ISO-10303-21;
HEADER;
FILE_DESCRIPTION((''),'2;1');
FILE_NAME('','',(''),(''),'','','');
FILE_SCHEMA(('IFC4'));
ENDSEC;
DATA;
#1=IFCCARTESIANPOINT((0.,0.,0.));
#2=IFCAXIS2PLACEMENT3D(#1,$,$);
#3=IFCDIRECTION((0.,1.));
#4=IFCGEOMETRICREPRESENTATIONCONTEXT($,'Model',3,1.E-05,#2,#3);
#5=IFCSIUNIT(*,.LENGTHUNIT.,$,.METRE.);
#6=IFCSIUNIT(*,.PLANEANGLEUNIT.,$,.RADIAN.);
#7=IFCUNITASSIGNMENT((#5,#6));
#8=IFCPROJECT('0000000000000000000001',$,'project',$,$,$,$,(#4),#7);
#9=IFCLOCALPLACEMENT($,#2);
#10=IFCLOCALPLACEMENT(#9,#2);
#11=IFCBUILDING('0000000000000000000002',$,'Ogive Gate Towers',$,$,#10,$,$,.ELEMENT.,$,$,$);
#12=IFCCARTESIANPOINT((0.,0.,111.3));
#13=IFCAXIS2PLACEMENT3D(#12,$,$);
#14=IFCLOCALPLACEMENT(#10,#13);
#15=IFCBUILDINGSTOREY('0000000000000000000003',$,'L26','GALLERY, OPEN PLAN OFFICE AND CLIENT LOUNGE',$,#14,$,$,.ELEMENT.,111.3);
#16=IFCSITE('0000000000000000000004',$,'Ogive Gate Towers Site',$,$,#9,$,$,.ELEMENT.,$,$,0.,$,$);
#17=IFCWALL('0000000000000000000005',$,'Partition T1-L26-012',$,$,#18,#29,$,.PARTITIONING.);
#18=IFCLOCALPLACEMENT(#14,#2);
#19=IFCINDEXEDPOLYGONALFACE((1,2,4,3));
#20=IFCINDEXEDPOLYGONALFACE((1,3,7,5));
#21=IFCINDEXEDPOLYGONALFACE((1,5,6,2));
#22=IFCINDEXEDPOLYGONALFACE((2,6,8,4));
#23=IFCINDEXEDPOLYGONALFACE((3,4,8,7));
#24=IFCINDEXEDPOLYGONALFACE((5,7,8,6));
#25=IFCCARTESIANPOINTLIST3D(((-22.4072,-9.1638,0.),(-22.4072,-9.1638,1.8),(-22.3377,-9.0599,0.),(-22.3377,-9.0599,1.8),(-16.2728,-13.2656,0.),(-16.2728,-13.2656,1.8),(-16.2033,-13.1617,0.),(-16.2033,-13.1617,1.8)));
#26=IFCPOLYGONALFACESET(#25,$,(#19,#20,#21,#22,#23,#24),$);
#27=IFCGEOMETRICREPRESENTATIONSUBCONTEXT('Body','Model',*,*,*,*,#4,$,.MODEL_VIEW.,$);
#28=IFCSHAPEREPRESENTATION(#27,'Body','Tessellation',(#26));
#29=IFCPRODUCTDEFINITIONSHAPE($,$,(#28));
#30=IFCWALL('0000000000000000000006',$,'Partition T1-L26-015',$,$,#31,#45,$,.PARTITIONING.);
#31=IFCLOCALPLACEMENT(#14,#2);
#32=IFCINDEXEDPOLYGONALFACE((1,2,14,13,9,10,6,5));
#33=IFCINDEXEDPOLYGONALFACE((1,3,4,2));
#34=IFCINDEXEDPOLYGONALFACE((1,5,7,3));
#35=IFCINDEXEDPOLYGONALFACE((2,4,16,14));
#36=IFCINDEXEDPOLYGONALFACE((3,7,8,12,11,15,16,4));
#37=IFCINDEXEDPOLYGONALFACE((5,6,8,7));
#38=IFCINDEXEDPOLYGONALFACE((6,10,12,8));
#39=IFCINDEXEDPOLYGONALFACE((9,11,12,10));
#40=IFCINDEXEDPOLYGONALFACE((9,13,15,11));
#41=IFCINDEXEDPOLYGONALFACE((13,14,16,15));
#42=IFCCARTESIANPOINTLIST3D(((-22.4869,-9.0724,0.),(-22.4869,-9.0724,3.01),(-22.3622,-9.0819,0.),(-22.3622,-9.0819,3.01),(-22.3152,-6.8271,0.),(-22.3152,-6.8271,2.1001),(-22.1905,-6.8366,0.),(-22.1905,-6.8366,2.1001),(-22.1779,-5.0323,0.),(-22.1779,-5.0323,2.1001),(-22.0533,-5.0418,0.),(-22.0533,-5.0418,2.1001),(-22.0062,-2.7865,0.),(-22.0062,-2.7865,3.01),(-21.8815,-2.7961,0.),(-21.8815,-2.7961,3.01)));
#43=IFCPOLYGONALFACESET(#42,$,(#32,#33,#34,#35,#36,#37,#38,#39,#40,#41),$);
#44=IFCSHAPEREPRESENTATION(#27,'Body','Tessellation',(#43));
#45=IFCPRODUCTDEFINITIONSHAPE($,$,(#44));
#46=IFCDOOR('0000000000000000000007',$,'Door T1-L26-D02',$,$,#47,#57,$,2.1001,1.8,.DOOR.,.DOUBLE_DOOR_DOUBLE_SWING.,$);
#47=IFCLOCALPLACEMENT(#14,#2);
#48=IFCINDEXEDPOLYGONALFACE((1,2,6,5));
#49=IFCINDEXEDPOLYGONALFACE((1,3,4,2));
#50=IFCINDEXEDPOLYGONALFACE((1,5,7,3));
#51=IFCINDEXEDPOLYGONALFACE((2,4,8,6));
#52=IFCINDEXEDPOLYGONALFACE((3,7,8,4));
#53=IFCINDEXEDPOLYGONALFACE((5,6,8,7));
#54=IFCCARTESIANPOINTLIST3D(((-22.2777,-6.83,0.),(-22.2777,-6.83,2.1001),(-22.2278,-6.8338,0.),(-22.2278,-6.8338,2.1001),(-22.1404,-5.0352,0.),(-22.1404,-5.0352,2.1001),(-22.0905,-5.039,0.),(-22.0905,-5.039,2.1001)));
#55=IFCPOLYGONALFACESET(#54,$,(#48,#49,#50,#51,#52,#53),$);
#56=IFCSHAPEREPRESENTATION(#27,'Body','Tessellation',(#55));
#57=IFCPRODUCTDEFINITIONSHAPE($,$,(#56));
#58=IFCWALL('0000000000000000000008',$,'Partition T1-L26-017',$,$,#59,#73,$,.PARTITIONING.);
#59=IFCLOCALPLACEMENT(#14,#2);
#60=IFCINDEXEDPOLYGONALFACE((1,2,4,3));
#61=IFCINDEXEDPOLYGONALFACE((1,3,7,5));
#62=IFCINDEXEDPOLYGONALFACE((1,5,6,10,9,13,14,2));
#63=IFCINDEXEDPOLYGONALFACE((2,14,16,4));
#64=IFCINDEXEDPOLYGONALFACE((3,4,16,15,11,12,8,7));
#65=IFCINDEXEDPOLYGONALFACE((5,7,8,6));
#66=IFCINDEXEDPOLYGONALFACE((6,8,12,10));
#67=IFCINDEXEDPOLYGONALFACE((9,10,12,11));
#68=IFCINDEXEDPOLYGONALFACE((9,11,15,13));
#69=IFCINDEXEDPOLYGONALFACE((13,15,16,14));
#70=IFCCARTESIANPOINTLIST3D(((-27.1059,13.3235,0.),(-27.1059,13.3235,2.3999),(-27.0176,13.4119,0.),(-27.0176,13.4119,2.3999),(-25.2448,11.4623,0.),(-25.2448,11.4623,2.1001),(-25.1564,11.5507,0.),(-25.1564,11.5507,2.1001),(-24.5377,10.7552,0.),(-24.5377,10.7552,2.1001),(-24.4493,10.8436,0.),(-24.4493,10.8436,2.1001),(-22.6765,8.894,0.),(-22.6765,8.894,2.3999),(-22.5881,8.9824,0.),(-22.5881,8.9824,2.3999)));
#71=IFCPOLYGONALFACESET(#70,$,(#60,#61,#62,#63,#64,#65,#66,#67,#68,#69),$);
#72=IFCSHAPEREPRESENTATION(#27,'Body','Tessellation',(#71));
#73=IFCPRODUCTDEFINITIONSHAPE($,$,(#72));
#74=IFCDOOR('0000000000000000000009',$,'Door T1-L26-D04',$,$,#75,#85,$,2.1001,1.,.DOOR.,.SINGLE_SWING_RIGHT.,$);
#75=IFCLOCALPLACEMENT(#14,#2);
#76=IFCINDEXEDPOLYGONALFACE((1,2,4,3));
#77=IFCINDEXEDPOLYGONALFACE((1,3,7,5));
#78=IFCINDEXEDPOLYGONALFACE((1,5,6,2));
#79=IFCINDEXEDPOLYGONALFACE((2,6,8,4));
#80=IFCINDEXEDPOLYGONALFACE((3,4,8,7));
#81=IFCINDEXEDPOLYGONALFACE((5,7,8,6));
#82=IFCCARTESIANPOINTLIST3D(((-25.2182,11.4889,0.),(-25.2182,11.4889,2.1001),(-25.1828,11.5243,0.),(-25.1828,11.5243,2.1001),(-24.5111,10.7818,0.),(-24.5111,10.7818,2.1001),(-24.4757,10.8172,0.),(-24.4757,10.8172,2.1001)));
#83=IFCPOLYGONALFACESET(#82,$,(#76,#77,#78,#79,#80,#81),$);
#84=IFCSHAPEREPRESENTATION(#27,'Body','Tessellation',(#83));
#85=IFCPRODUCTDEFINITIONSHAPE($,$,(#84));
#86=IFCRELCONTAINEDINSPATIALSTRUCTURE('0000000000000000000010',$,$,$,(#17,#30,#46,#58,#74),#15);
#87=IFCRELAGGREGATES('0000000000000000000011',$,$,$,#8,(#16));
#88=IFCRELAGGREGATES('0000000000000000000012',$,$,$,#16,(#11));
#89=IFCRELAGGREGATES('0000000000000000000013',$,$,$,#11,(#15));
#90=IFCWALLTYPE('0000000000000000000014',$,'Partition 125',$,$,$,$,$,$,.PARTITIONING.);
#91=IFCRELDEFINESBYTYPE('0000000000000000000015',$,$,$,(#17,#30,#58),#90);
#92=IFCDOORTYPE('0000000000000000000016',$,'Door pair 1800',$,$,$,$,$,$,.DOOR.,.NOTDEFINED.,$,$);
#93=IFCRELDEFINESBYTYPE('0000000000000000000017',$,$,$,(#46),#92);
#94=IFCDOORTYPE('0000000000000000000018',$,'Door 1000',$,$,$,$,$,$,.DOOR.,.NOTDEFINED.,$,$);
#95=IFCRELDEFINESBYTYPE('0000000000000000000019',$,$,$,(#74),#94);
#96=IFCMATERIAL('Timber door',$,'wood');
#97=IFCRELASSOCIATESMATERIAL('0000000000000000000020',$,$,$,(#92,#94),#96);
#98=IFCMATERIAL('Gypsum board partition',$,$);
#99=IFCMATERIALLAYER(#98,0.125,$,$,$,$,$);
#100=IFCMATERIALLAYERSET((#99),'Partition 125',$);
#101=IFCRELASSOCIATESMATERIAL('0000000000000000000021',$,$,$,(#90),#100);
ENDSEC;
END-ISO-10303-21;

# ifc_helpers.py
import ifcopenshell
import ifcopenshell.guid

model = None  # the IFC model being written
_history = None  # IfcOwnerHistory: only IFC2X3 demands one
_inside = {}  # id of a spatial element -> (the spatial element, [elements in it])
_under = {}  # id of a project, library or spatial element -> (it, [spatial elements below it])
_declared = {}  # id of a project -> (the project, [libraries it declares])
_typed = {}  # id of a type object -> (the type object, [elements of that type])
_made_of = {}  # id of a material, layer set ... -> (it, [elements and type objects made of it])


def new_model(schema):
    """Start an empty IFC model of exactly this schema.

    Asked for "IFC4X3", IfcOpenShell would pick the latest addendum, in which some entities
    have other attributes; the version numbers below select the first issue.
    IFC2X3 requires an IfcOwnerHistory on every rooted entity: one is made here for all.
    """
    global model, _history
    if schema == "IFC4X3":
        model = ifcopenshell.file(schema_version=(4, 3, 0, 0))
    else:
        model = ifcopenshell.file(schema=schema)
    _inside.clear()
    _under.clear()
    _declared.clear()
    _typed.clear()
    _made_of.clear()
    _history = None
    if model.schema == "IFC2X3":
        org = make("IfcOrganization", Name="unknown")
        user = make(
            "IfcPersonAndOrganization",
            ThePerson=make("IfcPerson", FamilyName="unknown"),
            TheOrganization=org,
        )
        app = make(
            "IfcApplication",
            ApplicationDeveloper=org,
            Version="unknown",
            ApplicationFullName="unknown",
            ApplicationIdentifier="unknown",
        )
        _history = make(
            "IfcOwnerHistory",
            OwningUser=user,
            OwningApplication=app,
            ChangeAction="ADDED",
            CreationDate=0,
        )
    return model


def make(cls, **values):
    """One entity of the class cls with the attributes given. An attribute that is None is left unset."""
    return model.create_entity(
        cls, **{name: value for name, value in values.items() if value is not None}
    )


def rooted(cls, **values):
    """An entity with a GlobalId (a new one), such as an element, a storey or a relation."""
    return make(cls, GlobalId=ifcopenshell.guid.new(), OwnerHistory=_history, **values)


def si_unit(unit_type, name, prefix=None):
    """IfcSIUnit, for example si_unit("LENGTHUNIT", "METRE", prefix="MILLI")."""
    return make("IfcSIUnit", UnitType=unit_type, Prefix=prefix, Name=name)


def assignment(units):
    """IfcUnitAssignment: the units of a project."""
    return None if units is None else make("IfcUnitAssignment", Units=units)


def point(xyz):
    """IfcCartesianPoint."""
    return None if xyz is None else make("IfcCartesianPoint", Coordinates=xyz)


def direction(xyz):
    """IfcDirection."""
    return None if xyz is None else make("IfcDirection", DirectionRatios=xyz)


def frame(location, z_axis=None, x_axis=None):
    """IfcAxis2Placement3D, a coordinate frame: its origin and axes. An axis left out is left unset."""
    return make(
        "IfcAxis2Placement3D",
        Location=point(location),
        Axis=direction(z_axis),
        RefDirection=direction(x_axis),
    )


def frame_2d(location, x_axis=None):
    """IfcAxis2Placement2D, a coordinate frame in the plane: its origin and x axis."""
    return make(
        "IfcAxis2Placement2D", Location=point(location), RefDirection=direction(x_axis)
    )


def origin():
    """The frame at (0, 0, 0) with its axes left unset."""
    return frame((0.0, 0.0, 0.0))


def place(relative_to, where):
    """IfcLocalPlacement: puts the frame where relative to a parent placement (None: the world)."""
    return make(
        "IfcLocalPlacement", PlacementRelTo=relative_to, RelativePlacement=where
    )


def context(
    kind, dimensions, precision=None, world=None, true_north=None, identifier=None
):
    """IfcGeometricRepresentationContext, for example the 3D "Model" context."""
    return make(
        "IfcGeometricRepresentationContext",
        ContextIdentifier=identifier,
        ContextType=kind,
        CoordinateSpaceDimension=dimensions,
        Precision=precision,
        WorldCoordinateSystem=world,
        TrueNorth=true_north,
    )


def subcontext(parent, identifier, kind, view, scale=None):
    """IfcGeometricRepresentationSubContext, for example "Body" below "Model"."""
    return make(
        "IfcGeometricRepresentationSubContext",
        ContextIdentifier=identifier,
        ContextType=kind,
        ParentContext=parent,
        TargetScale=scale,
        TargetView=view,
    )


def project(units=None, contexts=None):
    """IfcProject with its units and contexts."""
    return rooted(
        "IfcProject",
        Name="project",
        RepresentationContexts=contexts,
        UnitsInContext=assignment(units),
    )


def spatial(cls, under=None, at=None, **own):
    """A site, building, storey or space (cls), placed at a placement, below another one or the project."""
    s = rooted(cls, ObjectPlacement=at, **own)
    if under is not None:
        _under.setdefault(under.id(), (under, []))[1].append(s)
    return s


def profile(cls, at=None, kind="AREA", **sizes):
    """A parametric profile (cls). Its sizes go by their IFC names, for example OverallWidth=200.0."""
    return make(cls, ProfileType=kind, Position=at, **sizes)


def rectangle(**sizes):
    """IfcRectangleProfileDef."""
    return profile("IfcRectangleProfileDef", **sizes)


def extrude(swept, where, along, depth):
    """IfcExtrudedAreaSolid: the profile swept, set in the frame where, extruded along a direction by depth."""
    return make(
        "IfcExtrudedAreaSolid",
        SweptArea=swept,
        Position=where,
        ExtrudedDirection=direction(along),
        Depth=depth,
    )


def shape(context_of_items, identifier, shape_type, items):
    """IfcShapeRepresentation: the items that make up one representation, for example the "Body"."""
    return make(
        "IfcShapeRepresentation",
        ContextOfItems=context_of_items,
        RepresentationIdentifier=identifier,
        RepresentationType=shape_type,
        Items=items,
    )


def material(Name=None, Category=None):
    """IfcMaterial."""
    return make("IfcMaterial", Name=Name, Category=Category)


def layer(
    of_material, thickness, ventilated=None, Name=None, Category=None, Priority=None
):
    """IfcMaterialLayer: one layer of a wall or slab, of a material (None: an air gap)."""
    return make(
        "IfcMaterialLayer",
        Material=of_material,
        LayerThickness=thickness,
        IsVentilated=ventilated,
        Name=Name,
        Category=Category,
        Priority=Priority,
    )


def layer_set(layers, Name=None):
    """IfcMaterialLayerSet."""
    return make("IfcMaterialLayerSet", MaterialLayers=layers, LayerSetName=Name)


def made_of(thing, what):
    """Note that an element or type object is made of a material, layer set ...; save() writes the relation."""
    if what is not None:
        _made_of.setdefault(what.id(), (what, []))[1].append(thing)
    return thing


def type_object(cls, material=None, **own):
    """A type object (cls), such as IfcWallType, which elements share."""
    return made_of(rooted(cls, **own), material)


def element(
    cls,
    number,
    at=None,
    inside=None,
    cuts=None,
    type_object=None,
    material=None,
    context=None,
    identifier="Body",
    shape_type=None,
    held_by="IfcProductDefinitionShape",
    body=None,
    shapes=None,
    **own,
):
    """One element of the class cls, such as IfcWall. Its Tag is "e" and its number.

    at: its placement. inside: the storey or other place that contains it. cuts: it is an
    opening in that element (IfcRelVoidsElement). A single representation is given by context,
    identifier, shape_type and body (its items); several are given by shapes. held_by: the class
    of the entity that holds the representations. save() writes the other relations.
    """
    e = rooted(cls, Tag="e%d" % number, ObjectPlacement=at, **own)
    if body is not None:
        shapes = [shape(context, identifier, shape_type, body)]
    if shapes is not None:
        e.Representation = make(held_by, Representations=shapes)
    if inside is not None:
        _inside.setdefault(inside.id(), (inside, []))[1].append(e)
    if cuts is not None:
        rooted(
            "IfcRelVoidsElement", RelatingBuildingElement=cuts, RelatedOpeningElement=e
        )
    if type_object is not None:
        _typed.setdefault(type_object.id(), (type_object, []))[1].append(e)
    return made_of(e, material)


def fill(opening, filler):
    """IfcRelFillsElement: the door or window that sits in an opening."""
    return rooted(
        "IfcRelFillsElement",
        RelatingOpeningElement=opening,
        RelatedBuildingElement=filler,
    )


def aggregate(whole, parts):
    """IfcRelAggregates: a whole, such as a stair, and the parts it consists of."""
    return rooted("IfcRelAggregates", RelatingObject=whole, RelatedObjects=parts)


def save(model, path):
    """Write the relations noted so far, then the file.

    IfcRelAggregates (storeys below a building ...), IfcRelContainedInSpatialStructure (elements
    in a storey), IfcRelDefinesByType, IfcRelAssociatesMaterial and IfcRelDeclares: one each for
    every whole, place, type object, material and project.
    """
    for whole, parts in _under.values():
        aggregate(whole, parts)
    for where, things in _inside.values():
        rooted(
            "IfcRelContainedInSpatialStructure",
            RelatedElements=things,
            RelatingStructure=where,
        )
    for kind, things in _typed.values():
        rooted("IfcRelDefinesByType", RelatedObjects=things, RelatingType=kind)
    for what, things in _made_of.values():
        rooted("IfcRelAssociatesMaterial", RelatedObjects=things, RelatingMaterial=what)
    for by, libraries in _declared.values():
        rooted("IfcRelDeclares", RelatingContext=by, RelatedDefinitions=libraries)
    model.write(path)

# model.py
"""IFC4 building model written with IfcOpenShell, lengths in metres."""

from ifc_helpers import new_model, si_unit, direction, frame, frame_2d, origin, place, context, subcontext, project, spatial, rectangle, extrude, material, layer, layer_set, type_object, element, fill, save


model = new_model("IFC4")

# Units and contexts
model_context = context("Model", 3, precision=1e-05, world=origin(), true_north=direction((0.0, 1.0)))
body_context = subcontext(model_context, "Body", "Model", "MODEL_VIEW")
ifc_project = project(units=[si_unit("LENGTHUNIT", "METRE"), si_unit("PLANEANGLEUNIT", "RADIAN")], contexts=[model_context])

# Site, building, storey
site_placement = place(None, origin())
site = spatial("IfcSite", under=ifc_project, at=site_placement, Name="Ogive Gate Towers Site", CompositionType="ELEMENT", RefElevation=0.0)
building_placement = place(site_placement, origin())
building = spatial("IfcBuilding", under=site, at=building_placement, Name="Ogive Gate Towers", CompositionType="ELEMENT")
storey_placement = place(building_placement, frame((0.0, 0.0, 111.3)))
storey = spatial("IfcBuildingStorey", under=building, at=storey_placement, Name="L26", Description="GALLERY, OPEN PLAN OFFICE AND CLIENT LOUNGE", CompositionType="ELEMENT", Elevation=111.3)

# Shared definitions
ifc_material_1 = material(Name="Timber door", Category="wood")
door_type_1 = type_object("IfcDoorType", Name="Door pair 1800", OperationType="NOTDEFINED", PredefinedType="DOOR", material=ifc_material_1)

# Wall
ifc_material_2 = material(Name="Gypsum board partition")
ifc_layer_1 = layer(ifc_material_2, 0.125)
ifc_layer_set_1 = layer_set([ifc_layer_1], Name="Partition 125")
wall_type_1 = type_object("IfcWallType", Name="Partition 125", PredefinedType="PARTITIONING", material=ifc_layer_set_1)
wall_1_placement = place(storey_placement, frame((-16.238, -13.2136, 0.0), z_axis=(0.0, 0.0, 1.0), x_axis=(-0.831291, 0.555837, 0.0)))
element("IfcWall", 1, at=wall_1_placement, inside=storey, type_object=wall_type_1, Name="Partition T1-L26-012", PredefinedType="PARTITIONING", context=body_context, shape_type="SweptSolid", body=[
    extrude(rectangle(XDim=7.3794, YDim=0.125, at=frame_2d((3.6897, 0.0))), origin(), (0.0, 0.0, 1.0), 1.8),
])

# Walls, openings, doors
wall_2_placement = place(storey_placement, frame((-22.4246, -9.0771, 0.0), z_axis=(0.0, 0.0, 1.0), x_axis=(0.076252, 0.997089, 0.0)))
wall_2 = element("IfcWall", 2, at=wall_2_placement, inside=storey, type_object=wall_type_1, Name="Partition T1-L26-015", PredefinedType="PARTITIONING", context=body_context, shape_type="SweptSolid", body=[
    extrude(rectangle(XDim=6.3042, YDim=0.125, at=frame_2d((3.1521, 0.0))), origin(), (0.0, 0.0, 1.0), 3.01),
])
opening_1_placement = place(wall_2_placement, frame((2.252, 0.0, 0.0)))
opening_1 = element("IfcOpeningElement", 3, at=opening_1_placement, cuts=wall_2, PredefinedType="OPENING", context=body_context, shape_type="SweptSolid", body=[
    extrude(rectangle(XDim=1.8, YDim=2.1001, at=frame_2d((0.8999, 1.05))), frame((0.0, 0.0725, 0.0), z_axis=(0.0, -1.0, 0.0), x_axis=(1.0, 0.0, 0.0)), (0.0, 0.0, 1.0), 0.145),
])
door_1_placement = place(opening_1_placement, origin())
door_1 = element("IfcDoor", 4, at=door_1_placement, inside=storey, type_object=door_type_1, Name="Door T1-L26-D02", OperationType="DOUBLE_DOOR_DOUBLE_SWING", OverallHeight=2.1001, OverallWidth=1.8, PredefinedType="DOOR", context=body_context, shape_type="SweptSolid", body=[
    extrude(rectangle(XDim=1.8, YDim=2.1001, at=frame_2d((0.8999, 1.05))), frame((0.0, 0.0249, 0.0), z_axis=(0.0, -1.0, 0.0), x_axis=(1.0, 0.0, 0.0)), (0.0, 0.0, 1.0), 0.05),
])
fill(opening_1, door_1)
wall_3_placement = place(storey_placement, frame((-22.6323, 8.9382, 0.0), z_axis=(0.0, 0.0, 1.0), x_axis=(-0.707107, 0.707107, 0.0)))
wall_3 = element("IfcWall", 5, at=wall_3_placement, inside=storey, type_object=wall_type_1, Name="Partition T1-L26-017", PredefinedType="PARTITIONING", context=body_context, shape_type="SweptSolid", body=[
    extrude(rectangle(XDim=6.2642, YDim=0.125, at=frame_2d((3.1321, 0.0))), origin(), (0.0, 0.0, 1.0), 2.3999),
])
opening_2_placement = place(wall_3_placement, frame((2.6321, 0.0, 0.0)))
opening_2 = element("IfcOpeningElement", 6, at=opening_2_placement, cuts=wall_3, PredefinedType="OPENING", context=body_context, shape_type="SweptSolid", body=[
    extrude(rectangle(XDim=1.0, YDim=2.1001, at=frame_2d((0.5, 1.05))), frame((0.0, 0.0725, 0.0), z_axis=(0.0, -1.0, 0.0), x_axis=(1.0, 0.0, 0.0)), (0.0, 0.0, 1.0), 0.145),
])
door_type_2 = type_object("IfcDoorType", Name="Door 1000", OperationType="NOTDEFINED", PredefinedType="DOOR", material=ifc_material_1)
door_2_placement = place(opening_2_placement, origin())
door_2 = element("IfcDoor", 7, at=door_2_placement, inside=storey, type_object=door_type_2, Name="Door T1-L26-D04", OperationType="SINGLE_SWING_RIGHT", OverallHeight=2.1001, OverallWidth=1.0, PredefinedType="DOOR", context=body_context, shape_type="SweptSolid", body=[
    extrude(rectangle(XDim=1.0, YDim=2.1001, at=frame_2d((0.5, 1.05))), frame((0.0, 0.0249, 0.0), z_axis=(0.0, -1.0, 0.0), x_axis=(1.0, 0.0, 0.0)), (0.0, 0.0, 1.0), 0.05),
])
fill(opening_2, door_2)

save(model, "model.ifc")
